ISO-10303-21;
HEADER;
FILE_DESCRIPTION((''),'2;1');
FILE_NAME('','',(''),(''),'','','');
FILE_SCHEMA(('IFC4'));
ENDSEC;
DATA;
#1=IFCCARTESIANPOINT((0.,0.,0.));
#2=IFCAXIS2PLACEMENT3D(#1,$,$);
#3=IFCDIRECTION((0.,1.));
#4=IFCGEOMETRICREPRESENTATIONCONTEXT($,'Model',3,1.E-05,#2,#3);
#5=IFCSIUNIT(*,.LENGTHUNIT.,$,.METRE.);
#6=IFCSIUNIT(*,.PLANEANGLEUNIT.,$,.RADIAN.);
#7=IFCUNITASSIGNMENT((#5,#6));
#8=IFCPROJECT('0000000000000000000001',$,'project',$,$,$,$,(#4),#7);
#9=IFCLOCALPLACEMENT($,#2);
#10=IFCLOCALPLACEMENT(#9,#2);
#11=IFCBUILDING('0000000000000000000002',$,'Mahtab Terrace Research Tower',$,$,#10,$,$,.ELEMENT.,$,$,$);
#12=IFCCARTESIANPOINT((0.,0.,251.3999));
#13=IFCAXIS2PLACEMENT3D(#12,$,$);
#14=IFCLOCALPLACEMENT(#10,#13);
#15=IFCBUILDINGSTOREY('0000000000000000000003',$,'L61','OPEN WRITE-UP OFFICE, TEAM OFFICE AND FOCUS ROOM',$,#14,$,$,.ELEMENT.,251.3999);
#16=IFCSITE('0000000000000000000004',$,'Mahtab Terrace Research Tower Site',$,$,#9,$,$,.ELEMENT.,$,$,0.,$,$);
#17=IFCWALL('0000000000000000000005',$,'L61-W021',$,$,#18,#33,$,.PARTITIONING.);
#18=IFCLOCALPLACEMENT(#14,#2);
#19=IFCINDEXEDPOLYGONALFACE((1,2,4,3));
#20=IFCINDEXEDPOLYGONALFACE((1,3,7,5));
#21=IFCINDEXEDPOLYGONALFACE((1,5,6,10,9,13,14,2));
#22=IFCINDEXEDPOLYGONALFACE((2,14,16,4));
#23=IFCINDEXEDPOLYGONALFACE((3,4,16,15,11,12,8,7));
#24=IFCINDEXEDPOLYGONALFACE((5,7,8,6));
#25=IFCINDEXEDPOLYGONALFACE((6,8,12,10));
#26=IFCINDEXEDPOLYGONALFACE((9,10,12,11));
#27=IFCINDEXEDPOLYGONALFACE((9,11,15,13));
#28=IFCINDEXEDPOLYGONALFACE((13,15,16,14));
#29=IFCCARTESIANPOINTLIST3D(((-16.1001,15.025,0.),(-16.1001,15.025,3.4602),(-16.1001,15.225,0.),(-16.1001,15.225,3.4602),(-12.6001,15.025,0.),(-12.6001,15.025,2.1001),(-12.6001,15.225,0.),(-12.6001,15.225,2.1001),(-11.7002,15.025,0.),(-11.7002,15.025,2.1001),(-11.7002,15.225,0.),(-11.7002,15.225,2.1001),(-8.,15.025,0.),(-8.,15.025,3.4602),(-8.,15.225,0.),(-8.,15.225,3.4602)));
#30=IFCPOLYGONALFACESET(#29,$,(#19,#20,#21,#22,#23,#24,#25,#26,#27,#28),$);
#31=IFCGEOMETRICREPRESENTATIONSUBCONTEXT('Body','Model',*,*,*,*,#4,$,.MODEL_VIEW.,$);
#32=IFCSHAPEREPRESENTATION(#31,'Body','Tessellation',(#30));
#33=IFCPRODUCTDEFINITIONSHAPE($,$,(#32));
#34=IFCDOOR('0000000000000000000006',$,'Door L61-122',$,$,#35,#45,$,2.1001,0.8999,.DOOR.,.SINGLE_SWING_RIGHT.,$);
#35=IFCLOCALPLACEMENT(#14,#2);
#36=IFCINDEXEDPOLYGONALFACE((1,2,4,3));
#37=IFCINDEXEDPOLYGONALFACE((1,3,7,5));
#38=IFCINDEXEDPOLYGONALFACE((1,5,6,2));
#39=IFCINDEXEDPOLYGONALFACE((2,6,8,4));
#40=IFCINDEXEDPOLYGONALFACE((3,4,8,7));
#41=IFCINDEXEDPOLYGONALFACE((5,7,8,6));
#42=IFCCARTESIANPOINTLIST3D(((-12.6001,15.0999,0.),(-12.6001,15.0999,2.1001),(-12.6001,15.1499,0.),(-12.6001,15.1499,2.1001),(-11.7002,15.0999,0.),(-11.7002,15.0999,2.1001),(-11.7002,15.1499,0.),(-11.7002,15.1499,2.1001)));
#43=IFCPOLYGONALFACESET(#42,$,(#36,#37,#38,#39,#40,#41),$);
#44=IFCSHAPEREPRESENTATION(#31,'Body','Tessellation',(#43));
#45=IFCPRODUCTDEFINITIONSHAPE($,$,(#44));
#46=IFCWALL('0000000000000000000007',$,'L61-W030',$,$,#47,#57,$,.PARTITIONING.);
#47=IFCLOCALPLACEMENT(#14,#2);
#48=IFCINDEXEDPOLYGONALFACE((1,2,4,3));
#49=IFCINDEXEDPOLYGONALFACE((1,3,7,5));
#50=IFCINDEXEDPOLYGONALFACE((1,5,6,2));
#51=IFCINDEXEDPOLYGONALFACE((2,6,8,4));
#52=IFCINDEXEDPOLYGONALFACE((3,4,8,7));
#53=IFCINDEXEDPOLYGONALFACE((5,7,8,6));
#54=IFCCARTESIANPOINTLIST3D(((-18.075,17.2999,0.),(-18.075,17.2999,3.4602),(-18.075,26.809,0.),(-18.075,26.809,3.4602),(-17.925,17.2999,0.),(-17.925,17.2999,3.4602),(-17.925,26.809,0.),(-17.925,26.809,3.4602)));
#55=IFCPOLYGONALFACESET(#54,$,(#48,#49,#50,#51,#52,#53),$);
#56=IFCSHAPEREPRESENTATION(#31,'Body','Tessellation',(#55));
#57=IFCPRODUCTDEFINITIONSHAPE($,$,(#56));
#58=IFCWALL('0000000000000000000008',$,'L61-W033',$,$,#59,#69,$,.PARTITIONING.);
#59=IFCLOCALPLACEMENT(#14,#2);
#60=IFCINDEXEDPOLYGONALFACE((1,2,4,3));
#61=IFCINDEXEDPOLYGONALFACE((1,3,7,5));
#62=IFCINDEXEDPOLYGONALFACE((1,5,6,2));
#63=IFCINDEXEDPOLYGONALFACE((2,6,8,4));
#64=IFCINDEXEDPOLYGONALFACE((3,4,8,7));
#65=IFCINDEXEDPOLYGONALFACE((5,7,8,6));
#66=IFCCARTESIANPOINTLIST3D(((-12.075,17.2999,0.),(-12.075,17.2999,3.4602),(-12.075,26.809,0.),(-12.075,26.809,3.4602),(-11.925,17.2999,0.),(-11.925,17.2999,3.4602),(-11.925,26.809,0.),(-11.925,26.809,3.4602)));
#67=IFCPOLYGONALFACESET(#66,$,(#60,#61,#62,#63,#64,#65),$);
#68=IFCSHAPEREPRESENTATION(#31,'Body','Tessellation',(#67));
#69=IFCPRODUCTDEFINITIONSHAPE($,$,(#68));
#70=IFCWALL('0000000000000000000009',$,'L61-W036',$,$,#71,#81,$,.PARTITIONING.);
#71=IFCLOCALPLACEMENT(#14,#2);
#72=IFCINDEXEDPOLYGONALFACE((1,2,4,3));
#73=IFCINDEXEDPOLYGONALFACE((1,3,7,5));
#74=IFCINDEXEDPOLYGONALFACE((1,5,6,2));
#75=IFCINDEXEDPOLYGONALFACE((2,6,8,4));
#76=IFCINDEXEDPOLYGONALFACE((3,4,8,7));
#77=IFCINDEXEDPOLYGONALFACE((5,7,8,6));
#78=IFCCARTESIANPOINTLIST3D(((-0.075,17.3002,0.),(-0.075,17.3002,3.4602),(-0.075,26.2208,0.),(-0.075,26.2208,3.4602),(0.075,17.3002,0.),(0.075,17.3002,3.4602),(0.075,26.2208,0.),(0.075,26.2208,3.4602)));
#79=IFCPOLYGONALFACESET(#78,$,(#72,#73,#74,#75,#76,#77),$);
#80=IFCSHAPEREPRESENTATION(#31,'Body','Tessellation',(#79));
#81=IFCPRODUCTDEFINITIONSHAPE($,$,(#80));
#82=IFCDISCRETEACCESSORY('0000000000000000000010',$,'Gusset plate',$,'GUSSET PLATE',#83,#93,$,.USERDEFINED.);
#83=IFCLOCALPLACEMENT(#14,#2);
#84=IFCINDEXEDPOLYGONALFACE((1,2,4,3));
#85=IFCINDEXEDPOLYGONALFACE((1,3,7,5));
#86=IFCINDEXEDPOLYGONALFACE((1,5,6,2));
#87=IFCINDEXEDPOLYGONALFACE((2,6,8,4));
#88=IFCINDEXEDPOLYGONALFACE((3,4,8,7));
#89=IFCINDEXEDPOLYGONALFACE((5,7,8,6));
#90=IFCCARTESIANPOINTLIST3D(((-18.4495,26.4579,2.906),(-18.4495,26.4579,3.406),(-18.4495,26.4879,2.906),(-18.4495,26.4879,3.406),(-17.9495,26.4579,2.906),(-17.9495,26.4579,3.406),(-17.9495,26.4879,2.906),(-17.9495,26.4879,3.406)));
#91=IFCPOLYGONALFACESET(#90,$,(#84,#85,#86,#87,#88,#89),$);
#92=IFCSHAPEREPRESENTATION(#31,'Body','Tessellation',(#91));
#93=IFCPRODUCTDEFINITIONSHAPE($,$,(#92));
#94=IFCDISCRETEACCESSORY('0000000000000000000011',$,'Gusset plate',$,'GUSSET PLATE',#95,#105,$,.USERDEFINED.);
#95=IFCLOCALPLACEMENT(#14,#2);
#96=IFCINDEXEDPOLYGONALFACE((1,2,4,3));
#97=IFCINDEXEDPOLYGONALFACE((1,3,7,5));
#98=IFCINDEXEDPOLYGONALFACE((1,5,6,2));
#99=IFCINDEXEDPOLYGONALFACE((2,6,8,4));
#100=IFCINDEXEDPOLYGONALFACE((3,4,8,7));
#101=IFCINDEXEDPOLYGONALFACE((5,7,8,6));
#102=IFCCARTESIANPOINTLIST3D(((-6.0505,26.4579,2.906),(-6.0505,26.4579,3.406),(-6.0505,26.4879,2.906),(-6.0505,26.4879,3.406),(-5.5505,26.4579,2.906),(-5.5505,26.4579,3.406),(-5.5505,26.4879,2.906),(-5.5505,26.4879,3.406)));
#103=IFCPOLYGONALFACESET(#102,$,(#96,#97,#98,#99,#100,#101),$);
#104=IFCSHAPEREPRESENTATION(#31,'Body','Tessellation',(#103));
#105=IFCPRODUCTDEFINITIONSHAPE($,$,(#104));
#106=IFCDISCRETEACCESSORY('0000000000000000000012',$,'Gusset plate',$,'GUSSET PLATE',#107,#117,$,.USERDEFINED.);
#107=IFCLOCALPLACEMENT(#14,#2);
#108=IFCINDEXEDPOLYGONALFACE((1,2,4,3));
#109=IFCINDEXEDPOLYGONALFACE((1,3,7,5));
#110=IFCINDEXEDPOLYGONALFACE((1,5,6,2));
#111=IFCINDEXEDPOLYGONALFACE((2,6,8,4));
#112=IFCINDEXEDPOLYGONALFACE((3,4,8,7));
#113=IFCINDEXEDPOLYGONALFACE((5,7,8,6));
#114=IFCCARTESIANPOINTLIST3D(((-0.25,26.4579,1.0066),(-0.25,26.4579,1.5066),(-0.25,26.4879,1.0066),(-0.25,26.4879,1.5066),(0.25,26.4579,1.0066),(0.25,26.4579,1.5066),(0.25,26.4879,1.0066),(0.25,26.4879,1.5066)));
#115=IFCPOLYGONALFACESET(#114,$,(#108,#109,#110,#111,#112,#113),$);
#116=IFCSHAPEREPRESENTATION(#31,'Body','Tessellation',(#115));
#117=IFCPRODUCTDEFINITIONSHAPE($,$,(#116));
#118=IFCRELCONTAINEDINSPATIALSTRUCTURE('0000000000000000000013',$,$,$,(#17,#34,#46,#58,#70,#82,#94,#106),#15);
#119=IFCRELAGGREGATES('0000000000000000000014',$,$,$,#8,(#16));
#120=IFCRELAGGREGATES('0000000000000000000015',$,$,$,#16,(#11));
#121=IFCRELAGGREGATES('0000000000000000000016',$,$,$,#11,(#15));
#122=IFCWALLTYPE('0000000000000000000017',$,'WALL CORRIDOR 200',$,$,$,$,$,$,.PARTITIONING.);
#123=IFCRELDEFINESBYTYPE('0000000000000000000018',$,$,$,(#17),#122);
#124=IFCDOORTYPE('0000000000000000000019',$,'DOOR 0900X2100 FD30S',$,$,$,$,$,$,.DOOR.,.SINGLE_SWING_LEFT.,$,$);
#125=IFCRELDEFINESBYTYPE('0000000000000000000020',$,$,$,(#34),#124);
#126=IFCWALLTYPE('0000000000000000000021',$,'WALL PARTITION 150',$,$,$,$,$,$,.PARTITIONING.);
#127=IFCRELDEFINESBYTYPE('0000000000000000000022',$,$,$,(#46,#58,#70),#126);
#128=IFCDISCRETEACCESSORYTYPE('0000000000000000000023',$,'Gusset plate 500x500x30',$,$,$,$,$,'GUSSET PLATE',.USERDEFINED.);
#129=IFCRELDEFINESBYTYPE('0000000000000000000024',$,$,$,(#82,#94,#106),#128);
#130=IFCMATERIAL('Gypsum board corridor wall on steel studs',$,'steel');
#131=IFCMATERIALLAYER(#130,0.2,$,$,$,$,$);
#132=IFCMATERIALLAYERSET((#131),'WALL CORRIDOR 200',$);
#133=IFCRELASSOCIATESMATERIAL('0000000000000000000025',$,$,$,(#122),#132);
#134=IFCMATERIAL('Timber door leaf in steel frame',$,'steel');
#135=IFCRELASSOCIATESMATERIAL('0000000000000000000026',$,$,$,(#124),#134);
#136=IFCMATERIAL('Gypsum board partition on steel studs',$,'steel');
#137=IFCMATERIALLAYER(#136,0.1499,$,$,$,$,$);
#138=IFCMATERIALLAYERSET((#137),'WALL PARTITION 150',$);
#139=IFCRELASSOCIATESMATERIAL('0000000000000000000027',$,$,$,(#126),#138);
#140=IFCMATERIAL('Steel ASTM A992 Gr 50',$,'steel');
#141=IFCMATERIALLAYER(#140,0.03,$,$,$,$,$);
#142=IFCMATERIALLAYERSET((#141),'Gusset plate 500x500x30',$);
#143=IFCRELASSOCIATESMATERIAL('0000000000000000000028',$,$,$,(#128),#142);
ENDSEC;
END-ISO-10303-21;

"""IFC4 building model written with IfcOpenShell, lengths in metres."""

from ifc_helpers import new_model, si_unit, direction, frame, frame_2d, origin, origin_2d, place, context, subcontext, project, spatial, rectangle, extrude, material, layer, layer_set, type_object, element, fill, save


model = new_model("IFC4")

# Units and contexts
model_context = context("Model", 3, precision=1e-05, world=origin(), true_north=direction((0.0, 1.0)))
body_context = subcontext(model_context, "Body", "Model", "MODEL_VIEW")
ifc_project = project(units=[si_unit("LENGTHUNIT", "METRE"), si_unit("PLANEANGLEUNIT", "RADIAN")], contexts=[model_context])

# Site, building, storey
site_placement = place(None, origin())
site = spatial("IfcSite", under=ifc_project, at=site_placement, Name="Mahtab Terrace Research Tower Site", CompositionType="ELEMENT", RefElevation=0.0)
building_placement = place(site_placement, origin())
building = spatial("IfcBuilding", under=site, at=building_placement, Name="Mahtab Terrace Research Tower", CompositionType="ELEMENT")
storey_placement = place(building_placement, frame((0.0, 0.0, 251.3999)))
storey = spatial("IfcBuildingStorey", under=building, at=storey_placement, Name="L61", Description="OPEN WRITE-UP OFFICE, TEAM OFFICE AND FOCUS ROOM", CompositionType="ELEMENT", Elevation=251.3999)

# Shared definitions
ifc_material_1 = material(Name="Steel ASTM A992 Gr 50", Category="steel")

# Wall, opening, door
ifc_material_2 = material(Name="Gypsum board corridor wall on steel studs", Category="steel")
ifc_layer_1 = layer(ifc_material_2, 0.2)
ifc_layer_set_1 = layer_set([ifc_layer_1], Name="WALL CORRIDOR 200")
wall_type_1 = type_object("IfcWallType", Name="WALL CORRIDOR 200", PredefinedType="PARTITIONING", material=ifc_layer_set_1)
wall_1_placement = place(storey_placement, frame((-16.1001, 15.125, 0.0), z_axis=(0.0, 0.0, 1.0), x_axis=(1.0, 0.0, 0.0)))
wall_1 = element("IfcWall", 1, at=wall_1_placement, inside=storey, type_object=wall_type_1, Name="L61-W021", PredefinedType="PARTITIONING", context=body_context, shape_type="SweptSolid", body=[
    extrude(rectangle(XDim=8.1001, YDim=0.2, at=frame_2d((4.05, 0.0))), origin(), (0.0, 0.0, 1.0), 3.4602),
])
opening_1_placement = place(wall_1_placement, frame((3.5, 0.0, 0.0)))
opening_1 = element("IfcOpeningElement", 2, at=opening_1_placement, cuts=wall_1, PredefinedType="OPENING", context=body_context, shape_type="SweptSolid", body=[
    extrude(rectangle(XDim=0.8999, YDim=2.1001, at=frame_2d((0.45, 1.05))), frame((0.0, 0.1099, 0.0), z_axis=(0.0, -1.0, 0.0), x_axis=(1.0, 0.0, 0.0)), (0.0, 0.0, 1.0), 0.22),
])
ifc_material_3 = material(Name="Timber door leaf in steel frame", Category="steel")
door_type_1 = type_object("IfcDoorType", Name="DOOR 0900X2100 FD30S", OperationType="SINGLE_SWING_LEFT", PredefinedType="DOOR", material=ifc_material_3)
door_1_placement = place(opening_1_placement, origin())
door_1 = element("IfcDoor", 3, at=door_1_placement, inside=storey, type_object=door_type_1, Name="Door L61-122", OperationType="SINGLE_SWING_RIGHT", OverallHeight=2.1001, OverallWidth=0.8999, PredefinedType="DOOR", context=body_context, shape_type="SweptSolid", body=[
    extrude(rectangle(XDim=0.8999, YDim=2.1001, at=frame_2d((0.45, 1.05))), frame((0.0, 0.0249, 0.0), z_axis=(0.0, -1.0, 0.0), x_axis=(1.0, 0.0, 0.0)), (0.0, 0.0, 1.0), 0.05),
])
fill(opening_1, door_1)

# Walls
ifc_material_4 = material(Name="Gypsum board partition on steel studs", Category="steel")
ifc_layer_2 = layer(ifc_material_4, 0.1499)
ifc_layer_set_2 = layer_set([ifc_layer_2], Name="WALL PARTITION 150")
wall_type_2 = type_object("IfcWallType", Name="WALL PARTITION 150", PredefinedType="PARTITIONING", material=ifc_layer_set_2)
for number, where, z_axis, x_axis, name in (
    (4, (-18.0, 17.3, 0.0), (0.0, 0.0, 1.0), (0.0, 1.0, 0.0), "L61-W030"),
    (5, (-12.0, 17.3, 0.0), (0.0, 0.0, 1.0), (0.0, 1.0, 0.0), "L61-W033"),
):
    element("IfcWall", number, at=place(storey_placement, frame(where, z_axis=z_axis, x_axis=x_axis)), inside=storey, type_object=wall_type_2, Name=name, PredefinedType="PARTITIONING", context=body_context, shape_type="SweptSolid", body=[
        extrude(rectangle(XDim=9.509, YDim=0.1499, at=frame_2d((4.7544, 0.0))), origin(), (0.0, 0.0, 1.0), 3.4602),
    ])
wall_2_placement = place(storey_placement, frame((0.0, 17.3, 0.0), z_axis=(0.0, 0.0, 1.0), x_axis=(0.0, 1.0, 0.0)))
element("IfcWall", 6, at=wall_2_placement, inside=storey, type_object=wall_type_2, Name="L61-W036", PredefinedType="PARTITIONING", context=body_context, shape_type="SweptSolid", body=[
    extrude(rectangle(XDim=8.9207, YDim=0.1499, at=frame_2d((4.4604, 0.0))), origin(), (0.0, 0.0, 1.0), 3.4602),
])

# Discrete accessories
ifc_layer_3 = layer(ifc_material_1, 0.03)
ifc_layer_set_3 = layer_set([ifc_layer_3], Name="Gusset plate 500x500x30")
discrete_accessory_type = type_object("IfcDiscreteAccessoryType", Name="Gusset plate 500x500x30", ElementType="GUSSET PLATE", PredefinedType="USERDEFINED", material=ifc_layer_set_3)
for number, where, z_axis, x_axis, name in (
    (7, (-18.1995, 26.4729, 2.906), (0.0, 0.0, 1.0), (1.0, 0.0, 0.0), "Gusset plate"),
    (8, (-5.8005, 26.4729, 2.906), (0.0, 0.0, 1.0), (1.0, 0.0, 0.0), "Gusset plate"),
    (9, (0.0, 26.4729, 1.0066), (0.0, 0.0, 1.0), (1.0, 0.0, 0.0), "Gusset plate"),
):
    element("IfcDiscreteAccessory", number, at=place(storey_placement, frame(where, z_axis=z_axis, x_axis=x_axis)), inside=storey, type_object=discrete_accessory_type, Name=name, ObjectType="GUSSET PLATE", PredefinedType="USERDEFINED", context=body_context, shape_type="SweptSolid", body=[
        extrude(rectangle(XDim=0.5, YDim=0.03, at=origin_2d()), origin(), (0.0, 0.0, 1.0), 0.5),
    ])

save(model, "model.ifc")
